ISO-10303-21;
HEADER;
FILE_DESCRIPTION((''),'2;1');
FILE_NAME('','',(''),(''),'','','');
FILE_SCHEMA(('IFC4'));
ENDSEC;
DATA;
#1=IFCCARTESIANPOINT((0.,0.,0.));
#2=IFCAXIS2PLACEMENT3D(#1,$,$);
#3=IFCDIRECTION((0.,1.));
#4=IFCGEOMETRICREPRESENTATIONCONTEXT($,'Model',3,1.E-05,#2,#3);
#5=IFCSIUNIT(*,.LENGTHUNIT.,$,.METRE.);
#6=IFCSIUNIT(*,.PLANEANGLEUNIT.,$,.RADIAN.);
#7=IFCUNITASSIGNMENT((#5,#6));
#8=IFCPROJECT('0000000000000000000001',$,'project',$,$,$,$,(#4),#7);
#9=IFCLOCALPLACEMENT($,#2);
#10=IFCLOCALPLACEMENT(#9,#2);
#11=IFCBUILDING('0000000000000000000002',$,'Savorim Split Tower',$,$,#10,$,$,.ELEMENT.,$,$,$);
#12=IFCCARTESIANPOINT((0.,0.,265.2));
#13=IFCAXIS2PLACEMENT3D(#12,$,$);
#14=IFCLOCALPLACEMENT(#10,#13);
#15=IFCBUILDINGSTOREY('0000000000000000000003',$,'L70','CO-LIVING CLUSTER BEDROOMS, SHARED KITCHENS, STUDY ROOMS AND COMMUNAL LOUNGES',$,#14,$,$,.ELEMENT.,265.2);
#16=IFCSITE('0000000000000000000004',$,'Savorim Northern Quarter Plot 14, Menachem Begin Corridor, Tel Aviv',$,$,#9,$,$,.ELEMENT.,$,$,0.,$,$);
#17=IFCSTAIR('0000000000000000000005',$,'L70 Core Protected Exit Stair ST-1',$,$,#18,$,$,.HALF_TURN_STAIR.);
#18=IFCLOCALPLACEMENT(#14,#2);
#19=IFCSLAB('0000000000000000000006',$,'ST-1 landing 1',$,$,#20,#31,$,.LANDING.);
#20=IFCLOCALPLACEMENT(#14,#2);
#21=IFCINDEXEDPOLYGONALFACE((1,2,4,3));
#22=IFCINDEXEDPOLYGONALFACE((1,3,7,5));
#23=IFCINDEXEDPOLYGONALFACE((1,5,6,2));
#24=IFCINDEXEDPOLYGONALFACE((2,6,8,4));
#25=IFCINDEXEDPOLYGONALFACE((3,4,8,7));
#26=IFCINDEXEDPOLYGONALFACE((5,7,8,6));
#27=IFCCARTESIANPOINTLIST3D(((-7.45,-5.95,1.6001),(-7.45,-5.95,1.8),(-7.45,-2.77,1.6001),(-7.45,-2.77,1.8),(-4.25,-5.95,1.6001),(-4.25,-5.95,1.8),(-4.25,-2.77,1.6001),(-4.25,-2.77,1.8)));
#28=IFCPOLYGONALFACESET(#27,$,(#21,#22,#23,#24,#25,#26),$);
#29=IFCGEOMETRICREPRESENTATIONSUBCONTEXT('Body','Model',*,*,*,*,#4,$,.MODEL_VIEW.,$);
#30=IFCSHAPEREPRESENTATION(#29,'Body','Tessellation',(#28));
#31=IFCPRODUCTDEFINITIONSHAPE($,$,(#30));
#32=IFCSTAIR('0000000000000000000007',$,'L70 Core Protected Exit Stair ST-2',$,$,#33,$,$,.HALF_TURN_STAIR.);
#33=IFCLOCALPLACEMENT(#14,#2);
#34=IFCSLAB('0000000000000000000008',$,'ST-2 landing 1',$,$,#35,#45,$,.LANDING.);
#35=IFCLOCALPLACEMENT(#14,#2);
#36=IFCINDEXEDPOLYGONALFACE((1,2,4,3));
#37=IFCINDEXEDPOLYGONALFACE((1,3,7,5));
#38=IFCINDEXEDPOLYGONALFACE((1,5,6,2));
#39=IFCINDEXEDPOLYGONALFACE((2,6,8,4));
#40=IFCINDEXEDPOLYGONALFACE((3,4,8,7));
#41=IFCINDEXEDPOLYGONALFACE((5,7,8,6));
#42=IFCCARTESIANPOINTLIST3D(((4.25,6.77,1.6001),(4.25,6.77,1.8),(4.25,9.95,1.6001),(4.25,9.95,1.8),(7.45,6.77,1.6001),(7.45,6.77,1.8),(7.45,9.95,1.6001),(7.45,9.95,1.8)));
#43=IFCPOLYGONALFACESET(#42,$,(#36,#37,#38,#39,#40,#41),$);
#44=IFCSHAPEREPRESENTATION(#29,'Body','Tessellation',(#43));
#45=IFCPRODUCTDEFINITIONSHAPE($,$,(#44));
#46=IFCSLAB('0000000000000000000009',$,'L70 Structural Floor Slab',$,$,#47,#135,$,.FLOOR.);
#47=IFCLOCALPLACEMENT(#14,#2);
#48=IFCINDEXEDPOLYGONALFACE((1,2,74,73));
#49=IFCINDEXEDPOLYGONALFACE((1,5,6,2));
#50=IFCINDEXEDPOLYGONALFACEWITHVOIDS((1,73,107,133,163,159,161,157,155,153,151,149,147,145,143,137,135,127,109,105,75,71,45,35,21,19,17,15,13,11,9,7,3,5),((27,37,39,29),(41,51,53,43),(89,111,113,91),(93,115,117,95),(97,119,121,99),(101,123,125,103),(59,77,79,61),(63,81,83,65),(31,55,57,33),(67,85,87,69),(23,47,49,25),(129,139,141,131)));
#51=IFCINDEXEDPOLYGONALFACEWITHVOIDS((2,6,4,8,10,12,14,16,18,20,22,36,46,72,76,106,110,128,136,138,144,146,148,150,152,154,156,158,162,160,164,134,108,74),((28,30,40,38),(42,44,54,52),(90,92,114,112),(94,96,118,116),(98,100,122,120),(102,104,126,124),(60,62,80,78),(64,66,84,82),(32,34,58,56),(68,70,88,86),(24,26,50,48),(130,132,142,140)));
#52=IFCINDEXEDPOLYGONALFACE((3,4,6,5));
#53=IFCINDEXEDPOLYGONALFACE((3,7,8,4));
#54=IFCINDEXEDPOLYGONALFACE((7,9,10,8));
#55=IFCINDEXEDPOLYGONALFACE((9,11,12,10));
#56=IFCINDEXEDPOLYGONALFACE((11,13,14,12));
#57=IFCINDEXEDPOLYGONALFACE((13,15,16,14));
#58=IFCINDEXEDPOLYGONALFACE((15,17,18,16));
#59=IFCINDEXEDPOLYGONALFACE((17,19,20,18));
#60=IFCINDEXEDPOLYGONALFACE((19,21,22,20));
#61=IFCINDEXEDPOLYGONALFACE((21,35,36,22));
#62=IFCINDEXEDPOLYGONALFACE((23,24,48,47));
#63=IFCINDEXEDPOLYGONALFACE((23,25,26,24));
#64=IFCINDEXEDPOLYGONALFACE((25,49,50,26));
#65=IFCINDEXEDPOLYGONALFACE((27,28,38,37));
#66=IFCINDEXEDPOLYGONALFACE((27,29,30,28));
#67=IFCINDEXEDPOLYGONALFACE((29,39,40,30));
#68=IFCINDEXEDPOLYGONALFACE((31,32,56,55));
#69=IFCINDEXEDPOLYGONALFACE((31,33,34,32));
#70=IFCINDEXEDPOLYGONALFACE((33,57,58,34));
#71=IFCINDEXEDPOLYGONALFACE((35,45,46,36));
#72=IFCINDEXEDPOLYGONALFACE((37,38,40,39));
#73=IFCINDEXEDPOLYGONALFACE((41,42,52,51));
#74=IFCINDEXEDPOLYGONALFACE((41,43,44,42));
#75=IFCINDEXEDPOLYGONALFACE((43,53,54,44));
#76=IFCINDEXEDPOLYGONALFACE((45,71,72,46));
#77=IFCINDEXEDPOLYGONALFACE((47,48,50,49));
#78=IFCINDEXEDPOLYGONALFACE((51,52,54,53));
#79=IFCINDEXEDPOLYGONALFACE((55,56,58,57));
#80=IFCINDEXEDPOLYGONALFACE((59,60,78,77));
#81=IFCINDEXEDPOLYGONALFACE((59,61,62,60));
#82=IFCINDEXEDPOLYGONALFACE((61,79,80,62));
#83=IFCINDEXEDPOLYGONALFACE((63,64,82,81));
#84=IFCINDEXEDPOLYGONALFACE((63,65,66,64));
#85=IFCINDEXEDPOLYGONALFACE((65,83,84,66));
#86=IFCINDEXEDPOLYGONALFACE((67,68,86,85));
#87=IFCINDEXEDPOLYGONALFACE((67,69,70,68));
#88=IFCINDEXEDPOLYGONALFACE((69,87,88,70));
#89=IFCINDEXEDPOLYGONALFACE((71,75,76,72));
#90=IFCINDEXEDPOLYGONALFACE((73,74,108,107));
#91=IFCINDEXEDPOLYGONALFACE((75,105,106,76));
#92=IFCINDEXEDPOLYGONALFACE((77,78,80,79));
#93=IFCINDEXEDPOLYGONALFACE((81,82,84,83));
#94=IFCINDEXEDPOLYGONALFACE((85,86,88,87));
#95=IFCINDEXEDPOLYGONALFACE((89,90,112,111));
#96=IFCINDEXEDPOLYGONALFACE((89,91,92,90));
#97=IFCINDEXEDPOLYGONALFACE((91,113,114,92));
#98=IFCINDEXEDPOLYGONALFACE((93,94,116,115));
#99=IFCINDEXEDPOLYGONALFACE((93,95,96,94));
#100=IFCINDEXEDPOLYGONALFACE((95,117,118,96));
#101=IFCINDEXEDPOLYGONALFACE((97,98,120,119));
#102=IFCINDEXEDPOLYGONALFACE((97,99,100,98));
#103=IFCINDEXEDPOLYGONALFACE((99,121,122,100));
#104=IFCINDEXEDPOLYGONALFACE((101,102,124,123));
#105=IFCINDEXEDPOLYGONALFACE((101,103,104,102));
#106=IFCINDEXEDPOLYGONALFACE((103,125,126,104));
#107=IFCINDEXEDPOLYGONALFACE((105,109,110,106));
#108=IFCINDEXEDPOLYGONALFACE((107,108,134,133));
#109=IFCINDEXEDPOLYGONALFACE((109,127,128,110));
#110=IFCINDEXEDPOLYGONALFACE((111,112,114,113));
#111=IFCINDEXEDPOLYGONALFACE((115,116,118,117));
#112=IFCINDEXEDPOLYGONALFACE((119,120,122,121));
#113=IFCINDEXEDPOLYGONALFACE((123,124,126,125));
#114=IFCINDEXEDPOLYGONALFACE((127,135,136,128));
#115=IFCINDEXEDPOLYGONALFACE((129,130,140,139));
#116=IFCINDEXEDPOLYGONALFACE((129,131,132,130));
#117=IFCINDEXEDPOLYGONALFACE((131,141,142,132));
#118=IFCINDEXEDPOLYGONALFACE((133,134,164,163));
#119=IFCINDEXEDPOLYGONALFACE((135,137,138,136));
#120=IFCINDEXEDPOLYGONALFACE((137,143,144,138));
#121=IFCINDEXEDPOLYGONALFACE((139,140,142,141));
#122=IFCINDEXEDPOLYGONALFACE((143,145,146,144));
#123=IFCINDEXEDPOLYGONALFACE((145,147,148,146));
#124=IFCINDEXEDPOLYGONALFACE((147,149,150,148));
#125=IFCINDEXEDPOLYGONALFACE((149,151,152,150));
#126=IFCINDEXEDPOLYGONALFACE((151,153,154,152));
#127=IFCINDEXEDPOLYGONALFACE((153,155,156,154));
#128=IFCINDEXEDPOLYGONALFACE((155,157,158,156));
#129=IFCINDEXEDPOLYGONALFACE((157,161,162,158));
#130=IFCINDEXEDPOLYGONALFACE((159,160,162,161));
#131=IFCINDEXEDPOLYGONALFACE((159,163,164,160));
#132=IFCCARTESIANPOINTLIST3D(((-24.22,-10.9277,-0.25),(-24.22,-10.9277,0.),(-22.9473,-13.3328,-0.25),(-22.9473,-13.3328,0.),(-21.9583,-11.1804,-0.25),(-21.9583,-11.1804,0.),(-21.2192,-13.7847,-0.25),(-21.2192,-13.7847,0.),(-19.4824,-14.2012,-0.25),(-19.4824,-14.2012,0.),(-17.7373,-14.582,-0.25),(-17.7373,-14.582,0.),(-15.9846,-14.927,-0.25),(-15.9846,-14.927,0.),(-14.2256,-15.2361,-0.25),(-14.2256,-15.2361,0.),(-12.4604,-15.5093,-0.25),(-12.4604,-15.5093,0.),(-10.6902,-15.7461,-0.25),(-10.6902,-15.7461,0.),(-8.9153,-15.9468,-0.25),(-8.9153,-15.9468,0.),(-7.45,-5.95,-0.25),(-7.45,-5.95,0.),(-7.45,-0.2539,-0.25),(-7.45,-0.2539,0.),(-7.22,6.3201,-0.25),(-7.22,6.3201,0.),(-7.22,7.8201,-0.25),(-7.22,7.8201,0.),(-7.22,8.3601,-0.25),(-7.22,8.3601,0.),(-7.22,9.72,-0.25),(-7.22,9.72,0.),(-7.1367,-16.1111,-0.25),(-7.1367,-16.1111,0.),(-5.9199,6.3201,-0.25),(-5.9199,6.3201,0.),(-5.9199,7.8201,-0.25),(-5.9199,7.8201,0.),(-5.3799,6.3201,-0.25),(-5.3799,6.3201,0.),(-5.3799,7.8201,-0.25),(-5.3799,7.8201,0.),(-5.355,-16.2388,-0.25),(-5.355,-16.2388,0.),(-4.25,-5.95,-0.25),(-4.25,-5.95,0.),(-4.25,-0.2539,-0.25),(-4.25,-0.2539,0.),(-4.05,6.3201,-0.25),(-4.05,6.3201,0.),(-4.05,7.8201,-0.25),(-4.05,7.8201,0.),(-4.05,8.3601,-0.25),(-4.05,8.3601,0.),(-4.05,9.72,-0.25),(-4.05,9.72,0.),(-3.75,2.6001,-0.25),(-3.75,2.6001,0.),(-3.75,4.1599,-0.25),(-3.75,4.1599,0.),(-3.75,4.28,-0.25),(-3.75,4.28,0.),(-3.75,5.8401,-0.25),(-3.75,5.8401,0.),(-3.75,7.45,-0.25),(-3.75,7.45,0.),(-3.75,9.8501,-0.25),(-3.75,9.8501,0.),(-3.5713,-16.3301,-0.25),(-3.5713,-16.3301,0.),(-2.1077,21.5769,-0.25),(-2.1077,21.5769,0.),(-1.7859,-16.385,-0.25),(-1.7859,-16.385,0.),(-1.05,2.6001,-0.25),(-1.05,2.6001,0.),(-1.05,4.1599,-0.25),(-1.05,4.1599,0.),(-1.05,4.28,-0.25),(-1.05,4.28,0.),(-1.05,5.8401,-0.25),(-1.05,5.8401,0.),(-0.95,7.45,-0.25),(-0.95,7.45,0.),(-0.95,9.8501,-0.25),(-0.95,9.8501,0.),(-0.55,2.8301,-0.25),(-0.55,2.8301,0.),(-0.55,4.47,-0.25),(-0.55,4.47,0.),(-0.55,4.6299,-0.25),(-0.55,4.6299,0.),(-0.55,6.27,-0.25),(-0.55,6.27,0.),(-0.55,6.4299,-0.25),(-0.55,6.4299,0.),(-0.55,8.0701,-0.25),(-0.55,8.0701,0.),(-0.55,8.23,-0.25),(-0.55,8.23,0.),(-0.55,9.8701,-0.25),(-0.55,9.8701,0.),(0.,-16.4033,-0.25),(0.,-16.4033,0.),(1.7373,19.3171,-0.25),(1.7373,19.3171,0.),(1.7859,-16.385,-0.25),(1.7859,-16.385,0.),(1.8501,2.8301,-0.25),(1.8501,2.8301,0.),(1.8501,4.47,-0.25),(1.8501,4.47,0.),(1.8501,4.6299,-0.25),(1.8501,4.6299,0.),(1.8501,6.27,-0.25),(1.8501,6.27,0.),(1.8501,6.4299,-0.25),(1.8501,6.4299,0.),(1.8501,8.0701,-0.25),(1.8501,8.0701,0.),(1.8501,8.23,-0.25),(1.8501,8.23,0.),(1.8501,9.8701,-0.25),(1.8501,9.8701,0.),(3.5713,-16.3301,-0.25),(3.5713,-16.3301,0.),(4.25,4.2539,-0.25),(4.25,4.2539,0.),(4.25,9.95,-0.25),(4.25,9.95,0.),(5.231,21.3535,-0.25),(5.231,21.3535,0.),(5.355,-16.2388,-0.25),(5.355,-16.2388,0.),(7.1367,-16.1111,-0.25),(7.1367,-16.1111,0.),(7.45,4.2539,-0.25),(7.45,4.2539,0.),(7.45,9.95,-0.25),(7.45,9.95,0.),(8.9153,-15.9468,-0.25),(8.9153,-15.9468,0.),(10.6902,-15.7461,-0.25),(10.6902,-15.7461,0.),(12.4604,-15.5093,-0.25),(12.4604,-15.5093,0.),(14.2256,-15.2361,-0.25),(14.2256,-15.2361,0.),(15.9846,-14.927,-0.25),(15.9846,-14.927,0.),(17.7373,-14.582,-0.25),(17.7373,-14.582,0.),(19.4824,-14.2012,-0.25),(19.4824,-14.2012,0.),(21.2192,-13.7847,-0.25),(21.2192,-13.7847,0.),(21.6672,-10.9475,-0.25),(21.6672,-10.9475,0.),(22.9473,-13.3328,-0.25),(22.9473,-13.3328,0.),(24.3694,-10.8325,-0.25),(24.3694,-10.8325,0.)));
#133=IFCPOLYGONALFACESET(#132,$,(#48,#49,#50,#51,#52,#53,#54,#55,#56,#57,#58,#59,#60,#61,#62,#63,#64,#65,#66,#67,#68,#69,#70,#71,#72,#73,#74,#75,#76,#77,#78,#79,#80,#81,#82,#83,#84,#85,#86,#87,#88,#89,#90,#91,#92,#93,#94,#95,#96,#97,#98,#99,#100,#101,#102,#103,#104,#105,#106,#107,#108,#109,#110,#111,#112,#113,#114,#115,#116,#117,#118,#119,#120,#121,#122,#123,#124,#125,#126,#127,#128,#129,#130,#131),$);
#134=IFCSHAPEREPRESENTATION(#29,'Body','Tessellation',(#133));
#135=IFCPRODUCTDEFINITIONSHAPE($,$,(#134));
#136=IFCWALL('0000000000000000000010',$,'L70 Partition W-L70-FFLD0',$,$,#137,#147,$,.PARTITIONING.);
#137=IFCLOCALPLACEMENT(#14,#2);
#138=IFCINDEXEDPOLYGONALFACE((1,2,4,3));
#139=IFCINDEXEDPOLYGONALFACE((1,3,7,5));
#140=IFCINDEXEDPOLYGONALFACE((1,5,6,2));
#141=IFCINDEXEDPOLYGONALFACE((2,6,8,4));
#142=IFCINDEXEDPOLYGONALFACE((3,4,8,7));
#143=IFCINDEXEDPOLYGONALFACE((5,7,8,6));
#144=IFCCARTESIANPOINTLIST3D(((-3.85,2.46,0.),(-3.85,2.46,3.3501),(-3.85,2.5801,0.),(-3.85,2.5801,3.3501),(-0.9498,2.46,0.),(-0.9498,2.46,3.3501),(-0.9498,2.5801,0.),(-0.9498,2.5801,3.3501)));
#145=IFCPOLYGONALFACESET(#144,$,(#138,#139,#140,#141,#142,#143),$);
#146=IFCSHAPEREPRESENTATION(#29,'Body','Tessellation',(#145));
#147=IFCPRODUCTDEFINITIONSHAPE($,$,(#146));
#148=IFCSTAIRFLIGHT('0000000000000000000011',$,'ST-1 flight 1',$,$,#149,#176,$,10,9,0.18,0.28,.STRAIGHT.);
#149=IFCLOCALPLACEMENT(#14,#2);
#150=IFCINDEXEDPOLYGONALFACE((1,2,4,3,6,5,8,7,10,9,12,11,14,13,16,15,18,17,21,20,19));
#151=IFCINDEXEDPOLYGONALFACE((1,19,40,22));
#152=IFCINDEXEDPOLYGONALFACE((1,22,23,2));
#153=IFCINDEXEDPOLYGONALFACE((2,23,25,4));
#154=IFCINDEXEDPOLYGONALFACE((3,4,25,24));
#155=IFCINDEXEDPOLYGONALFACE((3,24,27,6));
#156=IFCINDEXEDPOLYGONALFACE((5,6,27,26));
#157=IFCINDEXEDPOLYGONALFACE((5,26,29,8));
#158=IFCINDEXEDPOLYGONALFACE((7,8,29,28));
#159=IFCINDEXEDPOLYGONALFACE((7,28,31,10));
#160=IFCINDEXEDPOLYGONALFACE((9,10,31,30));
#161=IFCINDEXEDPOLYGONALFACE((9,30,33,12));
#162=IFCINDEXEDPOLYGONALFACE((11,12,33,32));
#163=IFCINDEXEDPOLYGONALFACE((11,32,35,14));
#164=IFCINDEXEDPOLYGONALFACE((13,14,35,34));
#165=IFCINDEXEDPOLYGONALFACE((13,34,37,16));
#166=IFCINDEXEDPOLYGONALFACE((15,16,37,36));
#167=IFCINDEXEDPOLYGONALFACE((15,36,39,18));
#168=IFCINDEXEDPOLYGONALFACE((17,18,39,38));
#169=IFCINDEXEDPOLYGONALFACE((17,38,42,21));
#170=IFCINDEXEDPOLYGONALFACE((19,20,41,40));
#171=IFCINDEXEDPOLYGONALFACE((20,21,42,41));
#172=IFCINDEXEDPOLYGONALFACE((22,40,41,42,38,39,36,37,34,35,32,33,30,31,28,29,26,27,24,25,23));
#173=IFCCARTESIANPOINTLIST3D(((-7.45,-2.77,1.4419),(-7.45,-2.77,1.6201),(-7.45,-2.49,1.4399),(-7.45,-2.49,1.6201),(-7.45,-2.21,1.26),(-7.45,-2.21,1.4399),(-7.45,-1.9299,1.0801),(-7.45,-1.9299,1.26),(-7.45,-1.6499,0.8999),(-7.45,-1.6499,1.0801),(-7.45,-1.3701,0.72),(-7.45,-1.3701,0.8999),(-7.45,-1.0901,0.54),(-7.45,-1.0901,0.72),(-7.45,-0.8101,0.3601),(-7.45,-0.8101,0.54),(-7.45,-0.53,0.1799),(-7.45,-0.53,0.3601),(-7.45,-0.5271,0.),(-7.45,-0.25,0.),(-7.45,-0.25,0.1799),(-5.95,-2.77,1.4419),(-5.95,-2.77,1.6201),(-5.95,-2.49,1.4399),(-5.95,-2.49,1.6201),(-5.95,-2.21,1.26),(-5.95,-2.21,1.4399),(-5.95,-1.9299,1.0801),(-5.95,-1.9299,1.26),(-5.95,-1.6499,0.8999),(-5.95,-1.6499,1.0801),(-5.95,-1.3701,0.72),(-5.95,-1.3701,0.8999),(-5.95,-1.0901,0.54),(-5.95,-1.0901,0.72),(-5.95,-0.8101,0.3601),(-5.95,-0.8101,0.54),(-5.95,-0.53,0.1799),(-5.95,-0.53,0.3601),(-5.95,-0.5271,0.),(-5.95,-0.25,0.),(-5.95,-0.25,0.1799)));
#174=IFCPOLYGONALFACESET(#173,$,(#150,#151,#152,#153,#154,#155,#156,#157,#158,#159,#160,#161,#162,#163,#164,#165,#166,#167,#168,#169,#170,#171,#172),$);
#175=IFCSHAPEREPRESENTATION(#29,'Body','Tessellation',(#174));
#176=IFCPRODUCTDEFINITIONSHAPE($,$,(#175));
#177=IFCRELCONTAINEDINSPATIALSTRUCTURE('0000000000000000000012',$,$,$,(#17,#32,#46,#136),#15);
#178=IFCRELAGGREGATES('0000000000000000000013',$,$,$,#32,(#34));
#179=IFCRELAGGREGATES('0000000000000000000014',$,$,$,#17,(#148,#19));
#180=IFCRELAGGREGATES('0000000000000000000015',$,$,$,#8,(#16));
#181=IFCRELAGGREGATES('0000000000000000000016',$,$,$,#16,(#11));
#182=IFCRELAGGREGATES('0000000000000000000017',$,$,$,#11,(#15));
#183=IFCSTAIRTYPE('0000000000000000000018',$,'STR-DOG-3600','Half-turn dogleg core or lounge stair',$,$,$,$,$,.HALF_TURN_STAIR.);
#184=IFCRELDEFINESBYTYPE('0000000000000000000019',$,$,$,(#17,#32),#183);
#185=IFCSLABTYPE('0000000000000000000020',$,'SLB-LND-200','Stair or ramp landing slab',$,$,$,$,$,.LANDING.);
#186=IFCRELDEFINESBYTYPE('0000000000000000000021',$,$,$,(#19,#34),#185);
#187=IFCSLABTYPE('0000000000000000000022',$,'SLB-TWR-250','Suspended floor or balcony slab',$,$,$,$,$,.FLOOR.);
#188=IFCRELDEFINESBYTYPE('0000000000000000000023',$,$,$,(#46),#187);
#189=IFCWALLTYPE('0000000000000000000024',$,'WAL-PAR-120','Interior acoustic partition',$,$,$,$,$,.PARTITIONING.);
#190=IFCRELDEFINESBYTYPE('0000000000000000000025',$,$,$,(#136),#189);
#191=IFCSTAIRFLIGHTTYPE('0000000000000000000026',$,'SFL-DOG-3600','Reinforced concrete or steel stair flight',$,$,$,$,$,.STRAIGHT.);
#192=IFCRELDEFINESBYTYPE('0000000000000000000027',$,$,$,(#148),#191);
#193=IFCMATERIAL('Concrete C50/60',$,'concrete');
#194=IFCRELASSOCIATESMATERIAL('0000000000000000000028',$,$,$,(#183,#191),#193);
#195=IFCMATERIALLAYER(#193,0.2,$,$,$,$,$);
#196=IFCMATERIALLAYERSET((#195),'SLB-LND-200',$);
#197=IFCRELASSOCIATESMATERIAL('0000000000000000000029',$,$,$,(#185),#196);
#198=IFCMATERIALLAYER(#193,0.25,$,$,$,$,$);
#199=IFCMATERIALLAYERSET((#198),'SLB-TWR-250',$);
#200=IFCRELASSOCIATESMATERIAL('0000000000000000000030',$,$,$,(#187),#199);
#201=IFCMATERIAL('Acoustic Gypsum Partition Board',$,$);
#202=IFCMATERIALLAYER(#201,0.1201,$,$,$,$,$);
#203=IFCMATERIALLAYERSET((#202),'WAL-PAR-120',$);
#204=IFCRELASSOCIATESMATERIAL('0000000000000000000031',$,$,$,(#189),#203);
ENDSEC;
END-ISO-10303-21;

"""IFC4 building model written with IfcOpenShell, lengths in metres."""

from ifc_helpers import new_model, si_unit, direction, frame, frame_2d, origin, place, context, subcontext, project, spatial, polyline, rectangle, outline, extrude, material, layer, layer_set, type_object, element, aggregate, save


model = new_model("IFC4")

# Units and contexts
model_context = context("Model", 3, precision=1e-05, world=origin(), true_north=direction((0.0, 1.0)))
body_context = subcontext(model_context, "Body", "Model", "MODEL_VIEW")
ifc_project = project(units=[si_unit("LENGTHUNIT", "METRE"), si_unit("PLANEANGLEUNIT", "RADIAN")], contexts=[model_context])

# Site, building, storey
site_placement = place(None, origin())
site = spatial("IfcSite", under=ifc_project, at=site_placement, Name="Savorim Northern Quarter Plot 14, Menachem Begin Corridor, Tel Aviv", CompositionType="ELEMENT", RefElevation=0.0)
building_placement = place(site_placement, origin())
building = spatial("IfcBuilding", under=site, at=building_placement, Name="Savorim Split Tower", CompositionType="ELEMENT")
storey_placement = place(building_placement, frame((0.0, 0.0, 265.2)))
storey = spatial("IfcBuildingStorey", under=building, at=storey_placement, Name="L70", Description="CO-LIVING CLUSTER BEDROOMS, SHARED KITCHENS, STUDY ROOMS AND COMMUNAL LOUNGES", CompositionType="ELEMENT", Elevation=265.2)

# Shared definitions
ifc_material_1 = material(Name="Concrete C50/60", Category="concrete")

# Stairs, slabs
stair_type = type_object("IfcStairType", Name="STR-DOG-3600", Description="Half-turn dogleg core or lounge stair", PredefinedType="HALF_TURN_STAIR", material=ifc_material_1)
stair_1_placement = place(storey_placement, origin())
stair_1 = element("IfcStair", 1, at=stair_1_placement, inside=storey, type_object=stair_type, Name="L70 Core Protected Exit Stair ST-1", PredefinedType="HALF_TURN_STAIR")
ifc_layer_1 = layer(ifc_material_1, 0.2)
ifc_layer_set_1 = layer_set([ifc_layer_1], Name="SLB-LND-200")
slab_type_1 = type_object("IfcSlabType", Name="SLB-LND-200", Description="Stair or ramp landing slab", PredefinedType="LANDING", material=ifc_layer_set_1)
slab_1_placement = place(storey_placement, frame((0.0, 0.0, 1.6001)))
slab_1 = element("IfcSlab", 2, at=slab_1_placement, type_object=slab_type_1, Name="ST-1 landing 1", PredefinedType="LANDING", context=body_context, shape_type="SweptSolid", body=[
    extrude(outline(polyline([(-7.45, -2.77), (-7.45, -5.95), (-4.25, -5.95), (-4.25, -2.77), (-7.45, -2.77)])), origin(), (0.0, 0.0, 1.0), 0.2),
])
stair_2_placement = place(storey_placement, origin())
stair_2 = element("IfcStair", 3, at=stair_2_placement, inside=storey, type_object=stair_type, Name="L70 Core Protected Exit Stair ST-2", PredefinedType="HALF_TURN_STAIR")
slab_2_placement = place(storey_placement, frame((0.0, 0.0, 1.6001)))
slab_2 = element("IfcSlab", 4, at=slab_2_placement, type_object=slab_type_1, Name="ST-2 landing 1", PredefinedType="LANDING", context=body_context, shape_type="SweptSolid", body=[
    extrude(outline(polyline([(7.45, 6.77), (7.45, 9.95), (4.25, 9.95), (4.25, 6.77), (7.45, 6.77)])), origin(), (0.0, 0.0, 1.0), 0.2),
])
aggregate(stair_2, [slab_2])

# Slab
ifc_layer_2 = layer(ifc_material_1, 0.25)
ifc_layer_set_2 = layer_set([ifc_layer_2], Name="SLB-TWR-250")
slab_type_2 = type_object("IfcSlabType", Name="SLB-TWR-250", Description="Suspended floor or balcony slab", PredefinedType="FLOOR", material=ifc_layer_set_2)
slab_3_placement = place(storey_placement, frame((0.0, 0.0, -0.25)))
element("IfcSlab", 5, at=slab_3_placement, inside=storey, type_object=slab_type_2, Name="L70 Structural Floor Slab", PredefinedType="FLOOR", context=body_context, shape_type="SweptSolid", body=[
    extrude(outline(polyline([(-22.9473, -13.3328), (-21.2192, -13.7847), (-19.4824, -14.2012), (-17.7373, -14.582), (-15.9846, -14.927), (-14.2256, -15.2361), (-12.4604, -15.5093), (-10.6902, -15.7461), (-8.9153, -15.9468), (-7.1367, -16.1111), (-5.355, -16.2388), (-3.5713, -16.3301), (-1.7859, -16.385), (0.0, -16.4033), (1.7859, -16.385), (3.5713, -16.3301), (5.355, -16.2388), (7.1367, -16.1111), (8.9153, -15.9468), (10.6902, -15.7461), (12.4604, -15.5093), (14.2256, -15.2361), (15.9846, -14.927), (17.7373, -14.582), (19.4824, -14.2012), (21.2192, -13.7847), (22.9473, -13.3328), (21.6672, -10.9475), (24.3694, -10.8325), (5.231, 21.3535), (1.7373, 19.3171), (-2.1077, 21.5769), (-24.22, -10.9277), (-21.9583, -11.1804), (-22.9473, -13.3328)]), holes=[polyline([(-7.45, -0.2539), (-7.45, -5.95), (-4.25, -5.95), (-4.25, -0.2539), (-7.45, -0.2539)]), polyline([(7.45, 4.2539), (7.45, 9.95), (4.25, 9.95), (4.25, 4.2539), (7.45, 4.2539)]), polyline([(-0.55, 2.8301), (1.8501, 2.8301), (1.8501, 4.47), (-0.55, 4.47), (-0.55, 2.8301)]), polyline([(-0.55, 4.6299), (1.8501, 4.6299), (1.8501, 6.27), (-0.55, 6.27), (-0.55, 4.6299)]), polyline([(-0.55, 6.4299), (1.8501, 6.4299), (1.8501, 8.0701), (-0.55, 8.0701), (-0.55, 6.4299)]), polyline([(-0.55, 8.23), (1.8501, 8.23), (1.8501, 9.8701), (-0.55, 9.8701), (-0.55, 8.23)]), polyline([(-3.75, 2.6001), (-1.05, 2.6001), (-1.05, 4.1599), (-3.75, 4.1599), (-3.75, 2.6001)]), polyline([(-3.75, 4.28), (-1.05, 4.28), (-1.05, 5.8401), (-3.75, 5.8401), (-3.75, 4.28)]), polyline([(-3.75, 7.45), (-0.95, 7.45), (-0.95, 9.8501), (-3.75, 9.8501), (-3.75, 7.45)]), polyline([(-7.22, 6.3201), (-5.9199, 6.3201), (-5.9199, 7.8201), (-7.22, 7.8201), (-7.22, 6.3201)]), polyline([(-5.3799, 6.3201), (-4.05, 6.3201), (-4.05, 7.8201), (-5.3799, 7.8201), (-5.3799, 6.3201)]), polyline([(-7.22, 8.3601), (-4.05, 8.3601), (-4.05, 9.72), (-7.22, 9.72), (-7.22, 8.3601)])]), origin(), (0.0, 0.0, 1.0), 0.25),
])

# Wall
ifc_material_2 = material(Name="Acoustic Gypsum Partition Board")
ifc_layer_3 = layer(ifc_material_2, 0.1201)
ifc_layer_set_3 = layer_set([ifc_layer_3], Name="WAL-PAR-120")
wall_type_1 = type_object("IfcWallType", Name="WAL-PAR-120", Description="Interior acoustic partition", PredefinedType="PARTITIONING", material=ifc_layer_set_3)
wall_1_placement = place(storey_placement, frame((-3.8501, 2.52, 0.0), z_axis=(0.0, 0.0, 1.0), x_axis=(1.0, 0.0, 0.0)))
element("IfcWall", 6, at=wall_1_placement, inside=storey, type_object=wall_type_1, Name="L70 Partition W-L70-FFLD0", PredefinedType="PARTITIONING", context=body_context, shape_type="SweptSolid", body=[
    extrude(rectangle(XDim=2.9001, YDim=0.1201, at=frame_2d((1.4502, 0.0))), origin(), (0.0, 0.0, 1.0), 3.3501),
])

# Stair flight
stair_flight_type = type_object("IfcStairFlightType", Name="SFL-DOG-3600", Description="Reinforced concrete or steel stair flight", PredefinedType="STRAIGHT", material=ifc_material_1)
stair_flight_1_placement = place(storey_placement, frame((-6.7, -0.25, 0.0), z_axis=(0.0, 0.0, 1.0), x_axis=(0.0, -1.0, 0.0)))
stair_flight_1 = element("IfcStairFlight", 7, at=stair_flight_1_placement, type_object=stair_flight_type, Name="ST-1 flight 1", NumberOfRisers=10, NumberOfTreads=9, PredefinedType="STRAIGHT", RiserHeight=0.18, TreadLength=0.28, context=body_context, shape_type="SweptSolid", body=[
    extrude(outline(polyline([(0.0, 0.0), (0.0, 0.1799), (0.28, 0.1799), (0.28, 0.3601), (0.5601, 0.3601), (0.5601, 0.54), (0.8401, 0.54), (0.8401, 0.72), (1.1201, 0.72), (1.1201, 0.8999), (1.3999, 0.8999), (1.3999, 1.0801), (1.6799, 1.0801), (1.6799, 1.26), (1.96, 1.26), (1.96, 1.4399), (2.24, 1.4399), (2.24, 1.6201), (2.52, 1.6201), (2.52, 1.8), (2.52, 1.4419), (0.2771, 0.0), (0.0, 0.0)])), frame((0.0, 0.75, 0.0), z_axis=(0.0, -1.0, 0.0), x_axis=(1.0, 0.0, 0.0)), (0.0, 0.0, 1.0), 1.5),
])
aggregate(stair_1, [stair_flight_1, slab_1])

save(model, "model.ifc")
